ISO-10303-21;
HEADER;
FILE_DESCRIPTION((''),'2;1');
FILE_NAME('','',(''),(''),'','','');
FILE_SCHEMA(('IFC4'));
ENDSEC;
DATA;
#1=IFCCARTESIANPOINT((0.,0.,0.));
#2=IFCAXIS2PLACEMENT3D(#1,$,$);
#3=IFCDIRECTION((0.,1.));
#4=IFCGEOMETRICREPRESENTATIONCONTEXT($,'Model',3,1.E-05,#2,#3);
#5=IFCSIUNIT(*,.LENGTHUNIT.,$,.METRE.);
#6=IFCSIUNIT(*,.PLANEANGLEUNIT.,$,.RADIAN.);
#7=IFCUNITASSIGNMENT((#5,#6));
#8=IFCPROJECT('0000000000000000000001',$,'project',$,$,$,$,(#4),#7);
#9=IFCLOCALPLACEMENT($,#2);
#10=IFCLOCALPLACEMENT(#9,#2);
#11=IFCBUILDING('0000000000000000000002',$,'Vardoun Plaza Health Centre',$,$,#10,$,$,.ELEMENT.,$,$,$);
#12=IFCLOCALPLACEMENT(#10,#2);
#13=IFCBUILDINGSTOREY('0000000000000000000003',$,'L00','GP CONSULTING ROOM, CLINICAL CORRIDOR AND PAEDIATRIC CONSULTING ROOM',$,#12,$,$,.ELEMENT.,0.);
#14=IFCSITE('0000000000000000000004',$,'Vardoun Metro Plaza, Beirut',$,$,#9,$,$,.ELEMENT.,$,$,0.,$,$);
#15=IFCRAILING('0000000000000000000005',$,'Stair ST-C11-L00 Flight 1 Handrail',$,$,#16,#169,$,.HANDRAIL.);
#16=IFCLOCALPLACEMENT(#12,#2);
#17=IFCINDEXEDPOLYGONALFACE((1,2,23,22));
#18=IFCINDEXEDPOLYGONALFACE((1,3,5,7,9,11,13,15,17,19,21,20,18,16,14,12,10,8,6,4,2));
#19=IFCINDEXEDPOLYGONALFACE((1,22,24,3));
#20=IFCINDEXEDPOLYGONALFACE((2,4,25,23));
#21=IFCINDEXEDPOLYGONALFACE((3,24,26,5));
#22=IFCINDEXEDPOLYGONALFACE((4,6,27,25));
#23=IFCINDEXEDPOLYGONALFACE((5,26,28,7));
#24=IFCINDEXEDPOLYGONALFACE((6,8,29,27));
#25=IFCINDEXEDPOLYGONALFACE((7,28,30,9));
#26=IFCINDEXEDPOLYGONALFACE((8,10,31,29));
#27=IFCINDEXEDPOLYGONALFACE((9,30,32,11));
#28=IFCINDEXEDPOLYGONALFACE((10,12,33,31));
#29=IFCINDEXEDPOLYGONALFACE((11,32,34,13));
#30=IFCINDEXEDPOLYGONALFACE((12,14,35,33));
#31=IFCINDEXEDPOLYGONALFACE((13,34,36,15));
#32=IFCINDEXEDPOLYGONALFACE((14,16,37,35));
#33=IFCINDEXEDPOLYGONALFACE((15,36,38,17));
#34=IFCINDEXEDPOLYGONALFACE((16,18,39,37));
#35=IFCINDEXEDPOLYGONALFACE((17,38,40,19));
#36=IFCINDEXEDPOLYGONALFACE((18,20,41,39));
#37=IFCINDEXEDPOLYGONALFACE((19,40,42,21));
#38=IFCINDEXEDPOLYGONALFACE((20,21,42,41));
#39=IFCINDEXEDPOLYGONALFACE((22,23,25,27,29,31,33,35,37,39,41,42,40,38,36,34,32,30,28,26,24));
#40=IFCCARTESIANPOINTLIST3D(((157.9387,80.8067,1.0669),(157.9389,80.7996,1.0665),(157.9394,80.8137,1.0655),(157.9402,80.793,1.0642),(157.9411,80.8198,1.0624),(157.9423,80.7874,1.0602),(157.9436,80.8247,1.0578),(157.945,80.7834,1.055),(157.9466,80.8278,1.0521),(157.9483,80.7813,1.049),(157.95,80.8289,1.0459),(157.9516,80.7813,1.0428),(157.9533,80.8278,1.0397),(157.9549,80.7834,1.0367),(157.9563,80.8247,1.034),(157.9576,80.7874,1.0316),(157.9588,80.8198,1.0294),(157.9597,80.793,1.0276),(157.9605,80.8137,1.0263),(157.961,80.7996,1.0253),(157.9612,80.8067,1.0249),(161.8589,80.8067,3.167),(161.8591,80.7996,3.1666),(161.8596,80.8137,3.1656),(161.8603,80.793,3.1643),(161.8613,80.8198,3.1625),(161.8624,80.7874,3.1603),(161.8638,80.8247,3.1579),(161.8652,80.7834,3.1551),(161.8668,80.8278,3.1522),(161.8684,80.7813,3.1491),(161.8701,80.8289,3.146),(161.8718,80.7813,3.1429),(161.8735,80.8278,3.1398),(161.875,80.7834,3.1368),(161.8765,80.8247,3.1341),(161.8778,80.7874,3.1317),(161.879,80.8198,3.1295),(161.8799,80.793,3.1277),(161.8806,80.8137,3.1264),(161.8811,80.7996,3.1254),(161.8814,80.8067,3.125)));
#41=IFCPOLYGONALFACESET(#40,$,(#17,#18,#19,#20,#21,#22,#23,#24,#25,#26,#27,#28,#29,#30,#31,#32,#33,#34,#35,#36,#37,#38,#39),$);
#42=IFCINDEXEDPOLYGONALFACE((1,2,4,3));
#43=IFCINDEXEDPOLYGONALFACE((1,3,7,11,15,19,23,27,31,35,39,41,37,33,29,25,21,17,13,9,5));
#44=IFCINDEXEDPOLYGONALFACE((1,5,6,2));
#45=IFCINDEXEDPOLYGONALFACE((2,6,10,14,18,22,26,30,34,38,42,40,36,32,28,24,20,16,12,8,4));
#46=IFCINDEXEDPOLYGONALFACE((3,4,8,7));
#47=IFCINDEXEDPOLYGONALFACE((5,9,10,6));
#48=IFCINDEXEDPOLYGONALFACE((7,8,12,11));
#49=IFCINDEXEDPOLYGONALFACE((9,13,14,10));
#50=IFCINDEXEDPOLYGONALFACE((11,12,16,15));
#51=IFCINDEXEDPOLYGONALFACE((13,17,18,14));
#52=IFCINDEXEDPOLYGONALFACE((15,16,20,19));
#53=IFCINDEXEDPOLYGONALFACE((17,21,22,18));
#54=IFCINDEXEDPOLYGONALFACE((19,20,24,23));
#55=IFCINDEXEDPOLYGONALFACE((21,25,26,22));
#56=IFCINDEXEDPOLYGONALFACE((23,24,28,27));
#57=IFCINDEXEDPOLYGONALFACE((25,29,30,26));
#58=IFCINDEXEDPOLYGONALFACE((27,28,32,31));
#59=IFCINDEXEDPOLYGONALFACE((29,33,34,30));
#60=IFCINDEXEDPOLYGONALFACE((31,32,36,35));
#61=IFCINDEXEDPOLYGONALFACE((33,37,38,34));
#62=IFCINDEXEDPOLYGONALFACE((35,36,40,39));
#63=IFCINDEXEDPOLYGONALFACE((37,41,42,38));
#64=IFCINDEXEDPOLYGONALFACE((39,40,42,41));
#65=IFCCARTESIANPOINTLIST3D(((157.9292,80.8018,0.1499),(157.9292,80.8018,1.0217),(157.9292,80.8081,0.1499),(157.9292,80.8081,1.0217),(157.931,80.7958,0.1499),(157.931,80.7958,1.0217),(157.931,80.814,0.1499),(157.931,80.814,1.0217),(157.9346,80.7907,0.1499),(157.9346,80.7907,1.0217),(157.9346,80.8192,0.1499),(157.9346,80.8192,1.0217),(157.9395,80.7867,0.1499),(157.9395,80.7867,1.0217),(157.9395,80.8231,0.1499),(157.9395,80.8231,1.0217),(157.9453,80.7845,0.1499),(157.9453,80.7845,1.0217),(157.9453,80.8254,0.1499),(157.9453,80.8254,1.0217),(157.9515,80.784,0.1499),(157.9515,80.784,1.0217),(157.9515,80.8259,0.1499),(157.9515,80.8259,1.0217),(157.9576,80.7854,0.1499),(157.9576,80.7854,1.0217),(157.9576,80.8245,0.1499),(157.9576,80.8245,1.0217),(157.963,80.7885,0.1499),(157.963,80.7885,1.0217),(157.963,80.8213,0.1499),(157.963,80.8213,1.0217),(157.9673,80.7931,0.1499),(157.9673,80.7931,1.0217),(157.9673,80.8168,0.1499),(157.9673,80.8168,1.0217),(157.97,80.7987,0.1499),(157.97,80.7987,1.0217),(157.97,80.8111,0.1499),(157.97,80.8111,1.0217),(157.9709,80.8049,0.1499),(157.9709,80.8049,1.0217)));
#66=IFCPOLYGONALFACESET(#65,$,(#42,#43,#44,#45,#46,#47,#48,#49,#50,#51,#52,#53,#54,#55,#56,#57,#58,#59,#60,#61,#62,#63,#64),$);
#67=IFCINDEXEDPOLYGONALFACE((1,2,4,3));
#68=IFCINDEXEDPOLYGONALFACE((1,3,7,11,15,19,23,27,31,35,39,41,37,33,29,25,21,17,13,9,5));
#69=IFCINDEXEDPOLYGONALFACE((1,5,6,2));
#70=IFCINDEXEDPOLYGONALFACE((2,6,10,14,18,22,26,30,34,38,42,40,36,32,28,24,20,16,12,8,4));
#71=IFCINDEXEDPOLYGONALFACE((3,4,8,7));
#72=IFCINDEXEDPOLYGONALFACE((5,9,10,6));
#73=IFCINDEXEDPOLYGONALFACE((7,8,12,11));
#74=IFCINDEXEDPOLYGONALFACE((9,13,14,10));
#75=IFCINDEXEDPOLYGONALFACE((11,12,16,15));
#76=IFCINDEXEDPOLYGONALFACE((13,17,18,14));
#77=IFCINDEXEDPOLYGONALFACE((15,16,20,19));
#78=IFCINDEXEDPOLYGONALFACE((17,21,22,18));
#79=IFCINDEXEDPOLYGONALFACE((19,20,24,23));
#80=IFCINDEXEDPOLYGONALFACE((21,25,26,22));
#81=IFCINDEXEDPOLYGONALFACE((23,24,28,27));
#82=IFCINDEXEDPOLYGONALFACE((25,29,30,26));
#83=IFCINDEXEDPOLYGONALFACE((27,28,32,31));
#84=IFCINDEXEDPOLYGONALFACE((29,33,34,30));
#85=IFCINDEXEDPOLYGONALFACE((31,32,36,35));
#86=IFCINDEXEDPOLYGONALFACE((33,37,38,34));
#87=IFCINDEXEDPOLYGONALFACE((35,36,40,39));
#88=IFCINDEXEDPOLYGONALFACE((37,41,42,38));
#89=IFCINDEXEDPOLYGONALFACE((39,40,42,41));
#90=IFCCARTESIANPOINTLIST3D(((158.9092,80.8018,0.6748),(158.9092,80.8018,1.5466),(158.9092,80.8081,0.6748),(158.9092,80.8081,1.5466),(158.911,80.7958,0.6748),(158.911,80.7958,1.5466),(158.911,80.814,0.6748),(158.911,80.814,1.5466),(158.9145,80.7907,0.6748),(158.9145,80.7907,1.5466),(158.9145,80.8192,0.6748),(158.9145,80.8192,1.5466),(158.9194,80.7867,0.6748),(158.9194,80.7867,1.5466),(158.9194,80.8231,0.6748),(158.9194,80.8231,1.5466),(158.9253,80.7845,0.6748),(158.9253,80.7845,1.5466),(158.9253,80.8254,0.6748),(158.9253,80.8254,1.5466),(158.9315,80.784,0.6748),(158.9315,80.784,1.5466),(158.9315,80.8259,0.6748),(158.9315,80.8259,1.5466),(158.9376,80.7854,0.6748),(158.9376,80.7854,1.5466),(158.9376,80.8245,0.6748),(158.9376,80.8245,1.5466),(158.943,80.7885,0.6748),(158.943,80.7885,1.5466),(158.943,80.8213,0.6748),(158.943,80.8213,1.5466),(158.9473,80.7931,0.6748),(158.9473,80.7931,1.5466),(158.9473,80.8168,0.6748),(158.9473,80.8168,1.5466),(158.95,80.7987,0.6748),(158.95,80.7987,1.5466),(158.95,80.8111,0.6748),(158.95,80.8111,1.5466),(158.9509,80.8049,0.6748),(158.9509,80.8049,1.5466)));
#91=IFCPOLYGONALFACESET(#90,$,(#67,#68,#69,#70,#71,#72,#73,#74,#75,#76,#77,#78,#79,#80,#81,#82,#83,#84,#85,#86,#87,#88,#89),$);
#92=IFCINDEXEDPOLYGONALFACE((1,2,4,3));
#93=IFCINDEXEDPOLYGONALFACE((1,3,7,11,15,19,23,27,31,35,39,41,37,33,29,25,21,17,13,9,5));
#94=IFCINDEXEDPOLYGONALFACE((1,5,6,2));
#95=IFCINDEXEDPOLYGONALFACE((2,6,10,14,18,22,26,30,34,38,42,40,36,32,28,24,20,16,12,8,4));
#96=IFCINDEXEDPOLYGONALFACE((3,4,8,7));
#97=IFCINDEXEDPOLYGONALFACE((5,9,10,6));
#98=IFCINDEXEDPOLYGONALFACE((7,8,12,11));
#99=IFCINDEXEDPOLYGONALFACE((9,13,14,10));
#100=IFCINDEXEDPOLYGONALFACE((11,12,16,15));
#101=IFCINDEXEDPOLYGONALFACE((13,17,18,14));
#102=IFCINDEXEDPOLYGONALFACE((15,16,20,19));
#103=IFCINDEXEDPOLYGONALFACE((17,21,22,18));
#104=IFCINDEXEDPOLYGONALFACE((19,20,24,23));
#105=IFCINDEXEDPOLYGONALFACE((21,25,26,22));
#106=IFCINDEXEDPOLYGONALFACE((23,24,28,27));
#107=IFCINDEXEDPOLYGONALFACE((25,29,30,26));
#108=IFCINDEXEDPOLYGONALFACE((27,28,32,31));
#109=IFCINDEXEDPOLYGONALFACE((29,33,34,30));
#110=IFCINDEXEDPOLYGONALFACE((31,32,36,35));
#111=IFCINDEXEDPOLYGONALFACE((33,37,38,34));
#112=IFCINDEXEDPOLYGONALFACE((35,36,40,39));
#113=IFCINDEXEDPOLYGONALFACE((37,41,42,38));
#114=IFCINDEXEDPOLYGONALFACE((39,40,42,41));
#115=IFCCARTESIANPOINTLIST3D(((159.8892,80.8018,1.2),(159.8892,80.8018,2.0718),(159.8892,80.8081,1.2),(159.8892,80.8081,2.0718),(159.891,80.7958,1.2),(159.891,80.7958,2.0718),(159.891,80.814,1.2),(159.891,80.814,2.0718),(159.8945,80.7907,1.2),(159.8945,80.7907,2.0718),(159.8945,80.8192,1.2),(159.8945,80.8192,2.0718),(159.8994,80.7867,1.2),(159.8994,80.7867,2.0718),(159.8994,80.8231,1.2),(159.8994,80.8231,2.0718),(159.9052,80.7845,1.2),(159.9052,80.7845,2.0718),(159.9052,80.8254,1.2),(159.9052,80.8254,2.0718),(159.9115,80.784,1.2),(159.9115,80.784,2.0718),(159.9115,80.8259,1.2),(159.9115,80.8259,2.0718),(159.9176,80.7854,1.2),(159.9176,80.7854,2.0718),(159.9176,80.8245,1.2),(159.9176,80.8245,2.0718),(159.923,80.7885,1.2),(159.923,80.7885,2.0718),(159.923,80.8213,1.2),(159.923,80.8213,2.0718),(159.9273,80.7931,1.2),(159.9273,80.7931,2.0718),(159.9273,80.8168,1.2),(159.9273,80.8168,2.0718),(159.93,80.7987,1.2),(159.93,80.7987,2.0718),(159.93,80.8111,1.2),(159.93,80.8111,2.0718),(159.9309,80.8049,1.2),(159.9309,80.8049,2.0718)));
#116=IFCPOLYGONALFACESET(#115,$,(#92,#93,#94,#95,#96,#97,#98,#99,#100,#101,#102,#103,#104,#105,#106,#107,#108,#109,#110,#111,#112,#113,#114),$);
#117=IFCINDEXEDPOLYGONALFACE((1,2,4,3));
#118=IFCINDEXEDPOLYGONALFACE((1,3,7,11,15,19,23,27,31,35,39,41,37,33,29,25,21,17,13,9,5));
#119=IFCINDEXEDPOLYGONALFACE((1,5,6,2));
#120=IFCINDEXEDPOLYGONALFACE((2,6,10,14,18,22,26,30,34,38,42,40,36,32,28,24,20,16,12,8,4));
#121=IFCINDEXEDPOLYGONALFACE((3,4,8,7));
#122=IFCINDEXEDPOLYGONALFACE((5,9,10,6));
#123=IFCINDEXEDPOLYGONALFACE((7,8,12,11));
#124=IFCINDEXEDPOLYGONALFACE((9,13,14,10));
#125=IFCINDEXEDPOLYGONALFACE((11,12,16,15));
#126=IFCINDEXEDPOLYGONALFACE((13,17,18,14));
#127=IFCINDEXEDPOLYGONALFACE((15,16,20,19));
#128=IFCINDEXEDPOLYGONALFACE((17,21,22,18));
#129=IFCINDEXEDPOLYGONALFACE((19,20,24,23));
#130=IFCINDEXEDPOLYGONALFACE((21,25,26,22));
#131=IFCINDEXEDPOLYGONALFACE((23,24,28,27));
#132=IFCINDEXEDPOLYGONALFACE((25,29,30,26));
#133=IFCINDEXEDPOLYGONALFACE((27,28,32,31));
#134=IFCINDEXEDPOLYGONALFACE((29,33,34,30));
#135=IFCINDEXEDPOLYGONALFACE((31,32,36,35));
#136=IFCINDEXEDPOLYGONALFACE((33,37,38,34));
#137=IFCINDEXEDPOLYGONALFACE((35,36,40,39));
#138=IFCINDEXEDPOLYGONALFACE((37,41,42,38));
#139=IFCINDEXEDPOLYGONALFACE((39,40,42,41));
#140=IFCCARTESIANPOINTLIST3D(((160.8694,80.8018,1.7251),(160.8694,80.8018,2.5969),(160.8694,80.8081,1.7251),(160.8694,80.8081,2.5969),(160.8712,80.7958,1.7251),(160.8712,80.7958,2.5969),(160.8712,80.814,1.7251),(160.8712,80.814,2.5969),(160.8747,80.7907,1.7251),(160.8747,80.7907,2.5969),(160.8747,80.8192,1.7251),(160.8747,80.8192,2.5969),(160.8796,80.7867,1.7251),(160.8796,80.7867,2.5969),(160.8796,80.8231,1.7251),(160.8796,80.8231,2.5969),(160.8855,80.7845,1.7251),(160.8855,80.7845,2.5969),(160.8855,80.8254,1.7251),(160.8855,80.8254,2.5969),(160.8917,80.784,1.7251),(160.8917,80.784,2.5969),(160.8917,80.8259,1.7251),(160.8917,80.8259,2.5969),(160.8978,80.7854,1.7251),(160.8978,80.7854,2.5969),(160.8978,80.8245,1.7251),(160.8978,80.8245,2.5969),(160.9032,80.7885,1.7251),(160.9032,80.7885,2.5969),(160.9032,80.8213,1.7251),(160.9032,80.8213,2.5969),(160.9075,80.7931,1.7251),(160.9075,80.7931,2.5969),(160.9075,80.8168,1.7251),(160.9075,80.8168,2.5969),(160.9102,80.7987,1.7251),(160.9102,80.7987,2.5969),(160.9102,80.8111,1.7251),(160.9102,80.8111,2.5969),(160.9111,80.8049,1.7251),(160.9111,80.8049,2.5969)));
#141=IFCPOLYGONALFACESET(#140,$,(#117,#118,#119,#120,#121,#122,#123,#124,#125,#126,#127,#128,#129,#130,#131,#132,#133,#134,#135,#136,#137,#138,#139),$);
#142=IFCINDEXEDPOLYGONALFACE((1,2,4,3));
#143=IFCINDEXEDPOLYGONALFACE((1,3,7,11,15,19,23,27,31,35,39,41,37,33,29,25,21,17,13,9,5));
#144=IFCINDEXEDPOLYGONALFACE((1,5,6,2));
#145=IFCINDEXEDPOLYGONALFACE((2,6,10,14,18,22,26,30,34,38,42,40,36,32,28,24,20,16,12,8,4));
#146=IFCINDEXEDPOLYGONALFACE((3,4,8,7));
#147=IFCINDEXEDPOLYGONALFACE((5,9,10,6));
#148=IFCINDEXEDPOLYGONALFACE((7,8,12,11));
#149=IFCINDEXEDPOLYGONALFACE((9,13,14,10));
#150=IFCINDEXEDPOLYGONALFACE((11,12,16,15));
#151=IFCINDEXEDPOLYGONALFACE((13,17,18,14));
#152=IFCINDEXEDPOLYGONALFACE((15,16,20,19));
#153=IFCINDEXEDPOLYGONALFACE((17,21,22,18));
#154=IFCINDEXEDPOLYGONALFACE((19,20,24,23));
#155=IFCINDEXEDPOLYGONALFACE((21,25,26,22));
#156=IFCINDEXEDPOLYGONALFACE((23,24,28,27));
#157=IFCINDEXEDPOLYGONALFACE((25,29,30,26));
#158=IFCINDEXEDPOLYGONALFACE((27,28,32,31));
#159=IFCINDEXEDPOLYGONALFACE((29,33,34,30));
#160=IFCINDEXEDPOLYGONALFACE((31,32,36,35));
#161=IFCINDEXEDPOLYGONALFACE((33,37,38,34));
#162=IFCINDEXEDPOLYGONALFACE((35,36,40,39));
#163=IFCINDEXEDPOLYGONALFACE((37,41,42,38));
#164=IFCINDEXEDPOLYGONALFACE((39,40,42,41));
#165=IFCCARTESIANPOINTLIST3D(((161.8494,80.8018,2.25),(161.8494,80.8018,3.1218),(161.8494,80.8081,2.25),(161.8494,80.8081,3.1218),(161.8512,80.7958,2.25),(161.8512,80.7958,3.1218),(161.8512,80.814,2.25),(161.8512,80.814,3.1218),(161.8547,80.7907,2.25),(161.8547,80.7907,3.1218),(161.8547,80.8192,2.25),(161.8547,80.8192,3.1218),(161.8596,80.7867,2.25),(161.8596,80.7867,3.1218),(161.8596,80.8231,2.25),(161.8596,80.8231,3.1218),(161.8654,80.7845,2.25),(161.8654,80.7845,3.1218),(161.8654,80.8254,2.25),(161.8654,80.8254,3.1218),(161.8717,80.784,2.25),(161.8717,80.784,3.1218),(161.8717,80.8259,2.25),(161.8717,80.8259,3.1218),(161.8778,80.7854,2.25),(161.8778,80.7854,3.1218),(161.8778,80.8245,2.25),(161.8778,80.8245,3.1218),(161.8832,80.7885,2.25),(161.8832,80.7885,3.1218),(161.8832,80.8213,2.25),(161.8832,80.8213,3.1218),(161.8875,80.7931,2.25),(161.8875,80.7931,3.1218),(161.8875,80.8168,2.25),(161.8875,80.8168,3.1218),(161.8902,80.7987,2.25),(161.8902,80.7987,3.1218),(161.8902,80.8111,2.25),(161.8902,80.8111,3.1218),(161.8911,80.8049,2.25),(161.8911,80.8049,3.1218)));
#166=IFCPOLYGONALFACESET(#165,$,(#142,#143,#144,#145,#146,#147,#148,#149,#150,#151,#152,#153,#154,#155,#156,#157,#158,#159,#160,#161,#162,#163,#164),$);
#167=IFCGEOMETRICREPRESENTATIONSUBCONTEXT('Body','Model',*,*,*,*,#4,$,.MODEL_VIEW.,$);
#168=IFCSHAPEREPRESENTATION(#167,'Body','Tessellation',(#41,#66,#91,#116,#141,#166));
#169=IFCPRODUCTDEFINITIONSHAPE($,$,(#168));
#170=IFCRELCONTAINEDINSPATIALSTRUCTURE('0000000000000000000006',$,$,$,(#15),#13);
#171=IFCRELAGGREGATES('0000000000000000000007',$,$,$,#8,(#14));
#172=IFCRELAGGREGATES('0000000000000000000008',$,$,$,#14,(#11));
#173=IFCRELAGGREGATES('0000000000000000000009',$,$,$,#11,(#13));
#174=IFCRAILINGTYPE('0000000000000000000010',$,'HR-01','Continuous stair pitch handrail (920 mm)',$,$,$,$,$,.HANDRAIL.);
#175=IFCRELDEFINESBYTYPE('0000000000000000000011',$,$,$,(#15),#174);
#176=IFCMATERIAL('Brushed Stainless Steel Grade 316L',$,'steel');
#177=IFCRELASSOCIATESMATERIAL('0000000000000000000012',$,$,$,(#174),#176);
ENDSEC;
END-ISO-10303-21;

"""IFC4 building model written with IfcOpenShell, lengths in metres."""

from ifc_helpers import new_model, si_unit, direction, frame, origin, origin_2d, place, context, subcontext, project, spatial, circle, extrude, material, type_object, element, save


model = new_model("IFC4")

# Units and contexts
model_context = context("Model", 3, precision=1e-05, world=origin(), true_north=direction((0.0, 1.0)))
body_context = subcontext(model_context, "Body", "Model", "MODEL_VIEW")
ifc_project = project(units=[si_unit("LENGTHUNIT", "METRE"), si_unit("PLANEANGLEUNIT", "RADIAN")], contexts=[model_context])

# Site, building, storey
site_placement = place(None, origin())
site = spatial("IfcSite", under=ifc_project, at=site_placement, Name="Vardoun Metro Plaza, Beirut", CompositionType="ELEMENT", RefElevation=0.0)
building_placement = place(site_placement, origin())
building = spatial("IfcBuilding", under=site, at=building_placement, Name="Vardoun Plaza Health Centre", CompositionType="ELEMENT")
storey_placement = place(building_placement, origin())
storey = spatial("IfcBuildingStorey", under=building, at=storey_placement, Name="L00", Description="GP CONSULTING ROOM, CLINICAL CORRIDOR AND PAEDIATRIC CONSULTING ROOM", CompositionType="ELEMENT", Elevation=0.0)

# Railing
ifc_material_1 = material(Name="Brushed Stainless Steel Grade 316L", Category="steel")
railing_type_1 = type_object("IfcRailingType", Name="HR-01", Description="Continuous stair pitch handrail (920 mm)", PredefinedType="HANDRAIL", material=ifc_material_1)
railing_1_placement = place(storey_placement, frame((157.95, 80.8049, 0.1499)))
element("IfcRailing", 1, at=railing_1_placement, inside=storey, type_object=railing_type_1, Name="Stair ST-C11-L00 Flight 1 Handrail", PredefinedType="HANDRAIL", context=body_context, shape_type="SweptSolid", body=[
    extrude(circle(Radius=0.0239, at=origin_2d()), frame((0.0, 0.0, 0.896), z_axis=(0.881479, 0.0, 0.472223), x_axis=(0.0, 1.0, 0.0)), (0.0, 0.0, 1.0), 4.4473),
    extrude(circle(Radius=0.021, at=origin_2d()), origin(), (0.0, 0.0, 1.0), 0.8718),
    extrude(circle(Radius=0.021, at=origin_2d()), frame((0.98, 0.0, 0.5249)), (0.0, 0.0, 1.0), 0.8718),
    extrude(circle(Radius=0.021, at=origin_2d()), frame((1.96, 0.0, 1.05)), (0.0, 0.0, 1.0), 0.8718),
    extrude(circle(Radius=0.021, at=origin_2d()), frame((2.9402, 0.0, 1.5752)), (0.0, 0.0, 1.0), 0.8718),
    extrude(circle(Radius=0.021, at=origin_2d()), frame((3.9202, 0.0, 2.1001)), (0.0, 0.0, 1.0), 0.8718),
])

save(model, "model.ifc")
